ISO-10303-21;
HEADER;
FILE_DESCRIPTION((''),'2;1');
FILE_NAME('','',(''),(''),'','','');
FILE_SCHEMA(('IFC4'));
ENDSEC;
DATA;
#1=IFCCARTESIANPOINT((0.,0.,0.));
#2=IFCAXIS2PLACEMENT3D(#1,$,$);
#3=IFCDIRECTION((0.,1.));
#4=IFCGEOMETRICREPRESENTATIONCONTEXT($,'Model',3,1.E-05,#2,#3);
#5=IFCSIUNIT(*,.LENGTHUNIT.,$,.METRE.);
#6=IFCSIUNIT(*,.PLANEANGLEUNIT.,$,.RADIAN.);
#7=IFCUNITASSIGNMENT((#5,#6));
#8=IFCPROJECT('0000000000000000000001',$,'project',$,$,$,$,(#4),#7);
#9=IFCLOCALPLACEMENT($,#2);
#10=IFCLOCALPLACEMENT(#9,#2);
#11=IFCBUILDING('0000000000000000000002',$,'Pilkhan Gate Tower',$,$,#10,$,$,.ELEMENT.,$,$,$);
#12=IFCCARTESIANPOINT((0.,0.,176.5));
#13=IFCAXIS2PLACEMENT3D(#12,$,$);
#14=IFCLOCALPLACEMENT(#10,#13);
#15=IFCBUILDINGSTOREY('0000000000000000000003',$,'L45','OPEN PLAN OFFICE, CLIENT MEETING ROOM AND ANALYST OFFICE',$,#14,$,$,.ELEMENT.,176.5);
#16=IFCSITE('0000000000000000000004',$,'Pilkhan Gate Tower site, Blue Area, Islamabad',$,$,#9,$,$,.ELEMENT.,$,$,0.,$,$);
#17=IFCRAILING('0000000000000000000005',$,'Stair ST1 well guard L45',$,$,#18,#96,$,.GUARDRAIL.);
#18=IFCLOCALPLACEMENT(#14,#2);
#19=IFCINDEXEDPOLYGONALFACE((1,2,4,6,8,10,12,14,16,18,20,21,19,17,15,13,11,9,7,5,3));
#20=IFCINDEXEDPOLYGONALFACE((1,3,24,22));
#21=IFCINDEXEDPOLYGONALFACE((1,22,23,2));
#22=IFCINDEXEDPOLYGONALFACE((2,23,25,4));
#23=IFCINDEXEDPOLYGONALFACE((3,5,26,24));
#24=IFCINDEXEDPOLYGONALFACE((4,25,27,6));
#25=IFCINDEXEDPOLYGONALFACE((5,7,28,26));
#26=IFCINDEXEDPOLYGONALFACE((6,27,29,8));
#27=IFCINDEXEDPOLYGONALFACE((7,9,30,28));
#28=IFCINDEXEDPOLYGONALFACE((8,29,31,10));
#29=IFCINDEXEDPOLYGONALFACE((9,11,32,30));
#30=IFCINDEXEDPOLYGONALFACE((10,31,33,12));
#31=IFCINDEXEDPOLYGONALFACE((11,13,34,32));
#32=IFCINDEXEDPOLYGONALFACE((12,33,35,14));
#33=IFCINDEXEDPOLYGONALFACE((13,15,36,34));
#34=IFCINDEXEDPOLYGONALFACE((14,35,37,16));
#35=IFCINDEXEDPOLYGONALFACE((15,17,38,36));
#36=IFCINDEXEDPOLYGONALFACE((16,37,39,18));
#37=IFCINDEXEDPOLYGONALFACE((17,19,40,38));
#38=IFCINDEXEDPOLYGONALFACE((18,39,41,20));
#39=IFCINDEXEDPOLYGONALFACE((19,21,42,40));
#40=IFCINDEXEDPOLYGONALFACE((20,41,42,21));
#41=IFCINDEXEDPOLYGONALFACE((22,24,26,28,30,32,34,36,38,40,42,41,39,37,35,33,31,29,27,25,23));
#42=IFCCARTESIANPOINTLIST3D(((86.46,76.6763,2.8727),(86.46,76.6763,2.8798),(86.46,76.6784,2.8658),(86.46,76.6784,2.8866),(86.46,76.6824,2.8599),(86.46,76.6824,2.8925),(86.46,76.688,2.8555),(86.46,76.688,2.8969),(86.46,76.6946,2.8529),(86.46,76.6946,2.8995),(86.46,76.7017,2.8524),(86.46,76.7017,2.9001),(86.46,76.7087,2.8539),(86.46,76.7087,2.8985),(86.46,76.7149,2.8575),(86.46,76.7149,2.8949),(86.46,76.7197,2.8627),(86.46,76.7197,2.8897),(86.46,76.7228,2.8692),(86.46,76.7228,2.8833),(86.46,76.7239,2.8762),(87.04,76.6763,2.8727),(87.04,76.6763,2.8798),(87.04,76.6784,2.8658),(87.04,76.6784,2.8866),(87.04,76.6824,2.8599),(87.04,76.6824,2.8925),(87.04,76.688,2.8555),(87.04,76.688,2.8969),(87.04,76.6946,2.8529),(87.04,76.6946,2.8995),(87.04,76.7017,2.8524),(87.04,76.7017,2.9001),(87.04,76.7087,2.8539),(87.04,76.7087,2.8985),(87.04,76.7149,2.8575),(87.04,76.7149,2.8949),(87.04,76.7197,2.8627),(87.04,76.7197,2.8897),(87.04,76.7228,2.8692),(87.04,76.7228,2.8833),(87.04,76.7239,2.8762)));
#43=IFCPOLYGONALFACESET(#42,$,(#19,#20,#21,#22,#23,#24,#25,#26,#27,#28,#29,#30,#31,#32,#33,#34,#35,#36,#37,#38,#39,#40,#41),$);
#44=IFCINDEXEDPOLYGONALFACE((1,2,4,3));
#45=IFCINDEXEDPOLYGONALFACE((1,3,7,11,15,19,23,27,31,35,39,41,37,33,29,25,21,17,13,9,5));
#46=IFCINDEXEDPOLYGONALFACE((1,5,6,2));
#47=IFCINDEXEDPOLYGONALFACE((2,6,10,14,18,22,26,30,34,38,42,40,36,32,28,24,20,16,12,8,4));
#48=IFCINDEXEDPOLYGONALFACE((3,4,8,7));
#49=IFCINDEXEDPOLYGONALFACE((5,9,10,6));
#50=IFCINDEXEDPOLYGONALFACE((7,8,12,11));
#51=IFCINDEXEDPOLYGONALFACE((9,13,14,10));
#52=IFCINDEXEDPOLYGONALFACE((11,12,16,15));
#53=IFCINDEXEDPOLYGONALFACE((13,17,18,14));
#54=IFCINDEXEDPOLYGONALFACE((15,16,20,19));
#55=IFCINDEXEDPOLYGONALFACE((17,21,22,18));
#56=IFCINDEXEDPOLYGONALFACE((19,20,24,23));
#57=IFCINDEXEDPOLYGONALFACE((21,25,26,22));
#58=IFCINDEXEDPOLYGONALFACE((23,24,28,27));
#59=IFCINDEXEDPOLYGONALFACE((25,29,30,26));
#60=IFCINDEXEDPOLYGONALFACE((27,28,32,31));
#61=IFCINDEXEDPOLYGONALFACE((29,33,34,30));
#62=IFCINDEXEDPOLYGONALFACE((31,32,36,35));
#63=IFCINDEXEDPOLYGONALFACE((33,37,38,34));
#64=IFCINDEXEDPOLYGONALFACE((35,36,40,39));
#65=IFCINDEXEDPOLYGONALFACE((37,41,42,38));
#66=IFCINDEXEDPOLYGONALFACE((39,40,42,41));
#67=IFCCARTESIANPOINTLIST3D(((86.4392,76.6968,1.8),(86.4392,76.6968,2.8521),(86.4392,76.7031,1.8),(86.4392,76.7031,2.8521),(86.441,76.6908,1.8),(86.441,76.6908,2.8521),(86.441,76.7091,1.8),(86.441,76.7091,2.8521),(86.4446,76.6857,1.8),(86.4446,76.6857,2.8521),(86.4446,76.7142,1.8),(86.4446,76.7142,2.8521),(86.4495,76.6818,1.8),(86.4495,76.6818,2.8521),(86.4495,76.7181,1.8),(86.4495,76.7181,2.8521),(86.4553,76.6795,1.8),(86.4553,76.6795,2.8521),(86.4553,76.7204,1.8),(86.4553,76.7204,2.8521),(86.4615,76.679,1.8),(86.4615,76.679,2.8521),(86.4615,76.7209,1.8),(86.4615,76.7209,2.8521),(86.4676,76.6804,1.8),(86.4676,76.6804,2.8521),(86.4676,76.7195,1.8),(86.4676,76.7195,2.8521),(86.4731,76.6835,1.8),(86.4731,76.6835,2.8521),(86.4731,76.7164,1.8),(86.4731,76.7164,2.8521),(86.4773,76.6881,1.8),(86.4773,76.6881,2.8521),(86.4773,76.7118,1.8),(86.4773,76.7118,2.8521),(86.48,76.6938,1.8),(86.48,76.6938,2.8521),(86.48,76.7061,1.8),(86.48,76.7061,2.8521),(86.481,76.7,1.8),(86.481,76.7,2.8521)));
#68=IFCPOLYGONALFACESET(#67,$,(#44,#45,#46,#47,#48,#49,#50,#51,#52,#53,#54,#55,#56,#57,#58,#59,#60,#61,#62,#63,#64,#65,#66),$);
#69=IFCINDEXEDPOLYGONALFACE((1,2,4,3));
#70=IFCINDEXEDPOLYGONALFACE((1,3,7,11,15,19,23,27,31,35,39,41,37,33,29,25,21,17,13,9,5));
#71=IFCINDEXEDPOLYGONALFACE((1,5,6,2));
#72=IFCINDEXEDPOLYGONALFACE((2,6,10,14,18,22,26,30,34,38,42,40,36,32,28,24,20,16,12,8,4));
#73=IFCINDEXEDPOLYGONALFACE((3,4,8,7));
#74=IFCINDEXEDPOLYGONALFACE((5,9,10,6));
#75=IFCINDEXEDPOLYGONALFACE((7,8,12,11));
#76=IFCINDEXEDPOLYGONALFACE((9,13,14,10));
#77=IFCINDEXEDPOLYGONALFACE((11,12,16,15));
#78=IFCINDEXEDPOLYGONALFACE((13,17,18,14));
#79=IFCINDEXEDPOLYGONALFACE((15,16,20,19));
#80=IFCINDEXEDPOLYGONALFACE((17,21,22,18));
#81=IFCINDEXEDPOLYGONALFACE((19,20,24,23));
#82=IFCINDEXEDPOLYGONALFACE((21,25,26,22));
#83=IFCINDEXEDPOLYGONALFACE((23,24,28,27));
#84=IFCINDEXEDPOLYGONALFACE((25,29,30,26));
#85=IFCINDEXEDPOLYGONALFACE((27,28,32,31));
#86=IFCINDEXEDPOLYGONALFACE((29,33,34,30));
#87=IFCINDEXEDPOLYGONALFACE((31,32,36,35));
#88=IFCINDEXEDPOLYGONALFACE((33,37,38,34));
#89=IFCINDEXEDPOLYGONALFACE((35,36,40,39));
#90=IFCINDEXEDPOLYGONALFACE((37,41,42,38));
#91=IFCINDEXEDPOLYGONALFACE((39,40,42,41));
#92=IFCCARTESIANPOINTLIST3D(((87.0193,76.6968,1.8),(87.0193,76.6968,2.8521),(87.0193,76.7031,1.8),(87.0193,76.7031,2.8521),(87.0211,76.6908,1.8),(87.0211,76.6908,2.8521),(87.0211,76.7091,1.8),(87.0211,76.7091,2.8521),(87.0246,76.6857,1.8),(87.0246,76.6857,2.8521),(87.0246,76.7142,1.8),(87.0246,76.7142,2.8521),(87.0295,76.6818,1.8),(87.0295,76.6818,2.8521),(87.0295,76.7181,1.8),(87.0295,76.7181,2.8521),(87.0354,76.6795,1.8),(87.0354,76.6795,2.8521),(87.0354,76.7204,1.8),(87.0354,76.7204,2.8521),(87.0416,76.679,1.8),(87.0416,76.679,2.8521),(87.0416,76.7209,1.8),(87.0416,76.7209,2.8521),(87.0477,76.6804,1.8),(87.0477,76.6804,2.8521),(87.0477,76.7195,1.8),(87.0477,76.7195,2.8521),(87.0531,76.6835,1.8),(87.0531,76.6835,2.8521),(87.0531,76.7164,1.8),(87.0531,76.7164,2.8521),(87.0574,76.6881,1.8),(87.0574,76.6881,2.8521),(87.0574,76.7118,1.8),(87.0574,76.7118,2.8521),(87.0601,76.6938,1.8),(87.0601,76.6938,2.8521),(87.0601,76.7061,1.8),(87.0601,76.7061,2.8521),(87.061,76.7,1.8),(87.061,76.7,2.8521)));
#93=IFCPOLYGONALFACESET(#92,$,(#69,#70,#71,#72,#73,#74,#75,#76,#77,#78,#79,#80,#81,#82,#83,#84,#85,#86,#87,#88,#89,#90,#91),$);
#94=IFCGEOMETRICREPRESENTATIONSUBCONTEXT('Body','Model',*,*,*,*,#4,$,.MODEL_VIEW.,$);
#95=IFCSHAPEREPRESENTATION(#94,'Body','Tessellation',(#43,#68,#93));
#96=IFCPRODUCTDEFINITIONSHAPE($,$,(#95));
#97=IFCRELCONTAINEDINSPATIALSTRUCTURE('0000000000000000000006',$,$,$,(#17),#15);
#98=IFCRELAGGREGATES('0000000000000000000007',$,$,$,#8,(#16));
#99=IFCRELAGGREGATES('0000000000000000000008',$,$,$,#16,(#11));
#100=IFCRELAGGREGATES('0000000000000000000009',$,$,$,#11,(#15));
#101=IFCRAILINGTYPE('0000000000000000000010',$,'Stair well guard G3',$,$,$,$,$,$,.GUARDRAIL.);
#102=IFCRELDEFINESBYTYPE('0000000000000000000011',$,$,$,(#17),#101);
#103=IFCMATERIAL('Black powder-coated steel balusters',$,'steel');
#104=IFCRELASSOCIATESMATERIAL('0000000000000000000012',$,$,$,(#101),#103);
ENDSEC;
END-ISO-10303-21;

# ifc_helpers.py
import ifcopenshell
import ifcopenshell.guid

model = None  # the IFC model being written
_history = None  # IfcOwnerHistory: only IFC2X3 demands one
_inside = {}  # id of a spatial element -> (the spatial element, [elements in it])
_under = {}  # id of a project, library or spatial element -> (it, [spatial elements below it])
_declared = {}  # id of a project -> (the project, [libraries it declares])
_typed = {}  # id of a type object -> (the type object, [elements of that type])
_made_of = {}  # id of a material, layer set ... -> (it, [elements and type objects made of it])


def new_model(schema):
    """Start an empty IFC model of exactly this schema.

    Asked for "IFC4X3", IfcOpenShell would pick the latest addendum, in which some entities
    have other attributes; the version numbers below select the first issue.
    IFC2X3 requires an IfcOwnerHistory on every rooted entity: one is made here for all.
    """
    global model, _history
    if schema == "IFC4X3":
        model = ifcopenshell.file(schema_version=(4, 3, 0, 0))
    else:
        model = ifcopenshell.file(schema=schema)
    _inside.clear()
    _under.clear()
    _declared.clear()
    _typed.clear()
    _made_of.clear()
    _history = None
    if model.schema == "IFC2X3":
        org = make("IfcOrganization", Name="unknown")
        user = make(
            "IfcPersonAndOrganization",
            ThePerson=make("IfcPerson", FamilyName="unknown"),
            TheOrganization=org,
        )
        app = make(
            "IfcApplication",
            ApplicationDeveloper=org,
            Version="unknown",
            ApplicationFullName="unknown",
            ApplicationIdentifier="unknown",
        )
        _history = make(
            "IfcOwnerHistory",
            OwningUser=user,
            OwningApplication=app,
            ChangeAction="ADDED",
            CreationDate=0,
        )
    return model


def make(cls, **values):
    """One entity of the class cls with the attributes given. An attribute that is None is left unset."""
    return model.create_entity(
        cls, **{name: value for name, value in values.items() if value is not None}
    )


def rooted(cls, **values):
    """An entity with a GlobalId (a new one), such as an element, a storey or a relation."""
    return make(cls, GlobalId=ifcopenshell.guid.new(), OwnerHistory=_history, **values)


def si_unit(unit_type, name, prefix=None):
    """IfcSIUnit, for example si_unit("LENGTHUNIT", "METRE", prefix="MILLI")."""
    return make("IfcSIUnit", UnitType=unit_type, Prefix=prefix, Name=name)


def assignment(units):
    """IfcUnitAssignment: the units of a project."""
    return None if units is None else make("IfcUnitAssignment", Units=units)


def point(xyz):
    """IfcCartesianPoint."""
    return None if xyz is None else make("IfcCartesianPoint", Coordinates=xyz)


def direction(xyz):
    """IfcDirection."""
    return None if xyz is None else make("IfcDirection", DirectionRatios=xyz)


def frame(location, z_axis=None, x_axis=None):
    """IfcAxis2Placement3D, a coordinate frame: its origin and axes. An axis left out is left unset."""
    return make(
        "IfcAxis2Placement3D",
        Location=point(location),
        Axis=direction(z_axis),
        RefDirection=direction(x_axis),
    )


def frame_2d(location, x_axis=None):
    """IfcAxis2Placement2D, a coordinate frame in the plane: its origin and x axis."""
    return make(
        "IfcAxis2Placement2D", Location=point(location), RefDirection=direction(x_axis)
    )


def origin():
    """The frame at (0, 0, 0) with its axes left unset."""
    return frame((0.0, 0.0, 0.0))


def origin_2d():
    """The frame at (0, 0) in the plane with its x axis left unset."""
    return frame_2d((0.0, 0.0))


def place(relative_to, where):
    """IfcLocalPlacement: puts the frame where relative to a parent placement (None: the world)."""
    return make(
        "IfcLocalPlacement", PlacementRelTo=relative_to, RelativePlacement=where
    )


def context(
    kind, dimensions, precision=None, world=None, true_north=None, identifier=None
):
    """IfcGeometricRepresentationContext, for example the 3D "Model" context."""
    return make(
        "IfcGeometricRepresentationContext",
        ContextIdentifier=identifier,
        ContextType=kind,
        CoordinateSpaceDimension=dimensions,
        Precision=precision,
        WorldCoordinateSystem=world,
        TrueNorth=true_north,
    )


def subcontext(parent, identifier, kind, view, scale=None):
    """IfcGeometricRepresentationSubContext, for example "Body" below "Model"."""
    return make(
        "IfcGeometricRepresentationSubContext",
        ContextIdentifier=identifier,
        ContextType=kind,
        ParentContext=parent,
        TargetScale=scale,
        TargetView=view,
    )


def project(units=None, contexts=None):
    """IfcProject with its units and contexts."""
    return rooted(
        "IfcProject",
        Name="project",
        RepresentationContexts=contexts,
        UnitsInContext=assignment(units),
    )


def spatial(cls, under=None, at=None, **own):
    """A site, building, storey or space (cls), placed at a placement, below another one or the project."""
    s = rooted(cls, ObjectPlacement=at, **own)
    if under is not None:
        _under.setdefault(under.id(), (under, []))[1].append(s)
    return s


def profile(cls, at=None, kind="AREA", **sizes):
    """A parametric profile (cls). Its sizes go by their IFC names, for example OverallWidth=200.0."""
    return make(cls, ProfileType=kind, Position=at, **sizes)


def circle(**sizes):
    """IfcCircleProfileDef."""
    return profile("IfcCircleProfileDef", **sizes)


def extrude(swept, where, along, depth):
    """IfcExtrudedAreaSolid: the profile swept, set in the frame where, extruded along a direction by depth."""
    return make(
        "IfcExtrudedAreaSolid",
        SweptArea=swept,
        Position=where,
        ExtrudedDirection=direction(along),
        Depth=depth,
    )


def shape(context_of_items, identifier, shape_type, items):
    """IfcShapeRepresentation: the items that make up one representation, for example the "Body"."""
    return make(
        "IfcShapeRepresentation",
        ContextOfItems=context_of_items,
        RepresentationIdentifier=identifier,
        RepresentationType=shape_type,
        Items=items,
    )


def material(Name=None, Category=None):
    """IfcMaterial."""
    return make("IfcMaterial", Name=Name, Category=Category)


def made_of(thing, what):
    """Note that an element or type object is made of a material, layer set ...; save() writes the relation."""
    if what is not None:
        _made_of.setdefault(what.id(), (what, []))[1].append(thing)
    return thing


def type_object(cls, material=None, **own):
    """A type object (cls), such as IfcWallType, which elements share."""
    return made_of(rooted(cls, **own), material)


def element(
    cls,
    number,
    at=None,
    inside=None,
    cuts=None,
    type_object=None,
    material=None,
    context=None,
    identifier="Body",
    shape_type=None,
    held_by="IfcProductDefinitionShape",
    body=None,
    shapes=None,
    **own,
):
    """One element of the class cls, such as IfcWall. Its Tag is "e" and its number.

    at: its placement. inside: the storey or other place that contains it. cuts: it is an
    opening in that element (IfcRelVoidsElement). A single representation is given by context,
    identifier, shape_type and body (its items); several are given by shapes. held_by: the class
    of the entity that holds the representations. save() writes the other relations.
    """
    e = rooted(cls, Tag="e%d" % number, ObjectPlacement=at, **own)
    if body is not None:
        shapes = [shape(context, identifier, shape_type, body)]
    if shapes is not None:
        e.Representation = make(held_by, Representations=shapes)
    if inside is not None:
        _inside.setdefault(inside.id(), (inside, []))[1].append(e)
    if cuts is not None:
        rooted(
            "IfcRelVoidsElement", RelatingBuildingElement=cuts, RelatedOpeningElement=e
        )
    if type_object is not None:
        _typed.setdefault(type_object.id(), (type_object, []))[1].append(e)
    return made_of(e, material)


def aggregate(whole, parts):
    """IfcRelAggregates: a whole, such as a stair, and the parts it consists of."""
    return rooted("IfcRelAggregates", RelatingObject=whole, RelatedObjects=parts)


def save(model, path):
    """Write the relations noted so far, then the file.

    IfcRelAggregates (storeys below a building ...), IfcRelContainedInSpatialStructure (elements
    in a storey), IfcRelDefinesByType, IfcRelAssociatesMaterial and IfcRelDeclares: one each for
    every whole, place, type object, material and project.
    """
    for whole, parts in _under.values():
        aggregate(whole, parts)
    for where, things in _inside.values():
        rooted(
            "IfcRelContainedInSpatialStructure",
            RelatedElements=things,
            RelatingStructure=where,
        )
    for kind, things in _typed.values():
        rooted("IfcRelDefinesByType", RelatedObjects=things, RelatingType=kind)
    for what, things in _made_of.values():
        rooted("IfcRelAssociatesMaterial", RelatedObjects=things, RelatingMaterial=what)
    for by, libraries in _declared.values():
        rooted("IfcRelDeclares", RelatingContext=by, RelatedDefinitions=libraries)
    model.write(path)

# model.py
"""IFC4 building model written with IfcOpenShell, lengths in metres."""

from ifc_helpers import new_model, si_unit, direction, frame, origin, origin_2d, place, context, subcontext, project, spatial, circle, extrude, material, type_object, element, save


model = new_model("IFC4")

# Units and contexts
model_context = context("Model", 3, precision=1e-05, world=origin(), true_north=direction((0.0, 1.0)))
body_context = subcontext(model_context, "Body", "Model", "MODEL_VIEW")
ifc_project = project(units=[si_unit("LENGTHUNIT", "METRE"), si_unit("PLANEANGLEUNIT", "RADIAN")], contexts=[model_context])

# Site, building, storey
site_placement = place(None, origin())
site = spatial("IfcSite", under=ifc_project, at=site_placement, Name="Pilkhan Gate Tower site, Blue Area, Islamabad", CompositionType="ELEMENT", RefElevation=0.0)
building_placement = place(site_placement, origin())
building = spatial("IfcBuilding", under=site, at=building_placement, Name="Pilkhan Gate Tower", CompositionType="ELEMENT")
storey_placement = place(building_placement, frame((0.0, 0.0, 176.5)))
storey = spatial("IfcBuildingStorey", under=building, at=storey_placement, Name="L45", Description="OPEN PLAN OFFICE, CLIENT MEETING ROOM AND ANALYST OFFICE", CompositionType="ELEMENT", Elevation=176.5)

# Railing
ifc_material_1 = material(Name="Black powder-coated steel balusters", Category="steel")
railing_type_1 = type_object("IfcRailingType", Name="Stair well guard G3", PredefinedType="GUARDRAIL", material=ifc_material_1)
railing_1_placement = place(storey_placement, frame((86.46, 76.7, 1.8)))
element("IfcRailing", 1, at=railing_1_placement, inside=storey, type_object=railing_type_1, Name="Stair ST1 well guard L45", PredefinedType="GUARDRAIL", context=body_context, shape_type="SweptSolid", body=[
    extrude(circle(Radius=0.0239, at=origin_2d()), frame((0.0, 0.0, 1.0762), z_axis=(1.0, 0.0, 0.0), x_axis=(0.0, 1.0, 0.0)), (0.0, 0.0, 1.0), 0.5801),
    extrude(circle(Radius=0.021, at=origin_2d()), origin(), (0.0, 0.0, 1.0), 1.052),
    extrude(circle(Radius=0.021, at=origin_2d()), frame((0.5801, 0.0, 0.0)), (0.0, 0.0, 1.0), 1.052),
])

save(model, "model.ifc")
